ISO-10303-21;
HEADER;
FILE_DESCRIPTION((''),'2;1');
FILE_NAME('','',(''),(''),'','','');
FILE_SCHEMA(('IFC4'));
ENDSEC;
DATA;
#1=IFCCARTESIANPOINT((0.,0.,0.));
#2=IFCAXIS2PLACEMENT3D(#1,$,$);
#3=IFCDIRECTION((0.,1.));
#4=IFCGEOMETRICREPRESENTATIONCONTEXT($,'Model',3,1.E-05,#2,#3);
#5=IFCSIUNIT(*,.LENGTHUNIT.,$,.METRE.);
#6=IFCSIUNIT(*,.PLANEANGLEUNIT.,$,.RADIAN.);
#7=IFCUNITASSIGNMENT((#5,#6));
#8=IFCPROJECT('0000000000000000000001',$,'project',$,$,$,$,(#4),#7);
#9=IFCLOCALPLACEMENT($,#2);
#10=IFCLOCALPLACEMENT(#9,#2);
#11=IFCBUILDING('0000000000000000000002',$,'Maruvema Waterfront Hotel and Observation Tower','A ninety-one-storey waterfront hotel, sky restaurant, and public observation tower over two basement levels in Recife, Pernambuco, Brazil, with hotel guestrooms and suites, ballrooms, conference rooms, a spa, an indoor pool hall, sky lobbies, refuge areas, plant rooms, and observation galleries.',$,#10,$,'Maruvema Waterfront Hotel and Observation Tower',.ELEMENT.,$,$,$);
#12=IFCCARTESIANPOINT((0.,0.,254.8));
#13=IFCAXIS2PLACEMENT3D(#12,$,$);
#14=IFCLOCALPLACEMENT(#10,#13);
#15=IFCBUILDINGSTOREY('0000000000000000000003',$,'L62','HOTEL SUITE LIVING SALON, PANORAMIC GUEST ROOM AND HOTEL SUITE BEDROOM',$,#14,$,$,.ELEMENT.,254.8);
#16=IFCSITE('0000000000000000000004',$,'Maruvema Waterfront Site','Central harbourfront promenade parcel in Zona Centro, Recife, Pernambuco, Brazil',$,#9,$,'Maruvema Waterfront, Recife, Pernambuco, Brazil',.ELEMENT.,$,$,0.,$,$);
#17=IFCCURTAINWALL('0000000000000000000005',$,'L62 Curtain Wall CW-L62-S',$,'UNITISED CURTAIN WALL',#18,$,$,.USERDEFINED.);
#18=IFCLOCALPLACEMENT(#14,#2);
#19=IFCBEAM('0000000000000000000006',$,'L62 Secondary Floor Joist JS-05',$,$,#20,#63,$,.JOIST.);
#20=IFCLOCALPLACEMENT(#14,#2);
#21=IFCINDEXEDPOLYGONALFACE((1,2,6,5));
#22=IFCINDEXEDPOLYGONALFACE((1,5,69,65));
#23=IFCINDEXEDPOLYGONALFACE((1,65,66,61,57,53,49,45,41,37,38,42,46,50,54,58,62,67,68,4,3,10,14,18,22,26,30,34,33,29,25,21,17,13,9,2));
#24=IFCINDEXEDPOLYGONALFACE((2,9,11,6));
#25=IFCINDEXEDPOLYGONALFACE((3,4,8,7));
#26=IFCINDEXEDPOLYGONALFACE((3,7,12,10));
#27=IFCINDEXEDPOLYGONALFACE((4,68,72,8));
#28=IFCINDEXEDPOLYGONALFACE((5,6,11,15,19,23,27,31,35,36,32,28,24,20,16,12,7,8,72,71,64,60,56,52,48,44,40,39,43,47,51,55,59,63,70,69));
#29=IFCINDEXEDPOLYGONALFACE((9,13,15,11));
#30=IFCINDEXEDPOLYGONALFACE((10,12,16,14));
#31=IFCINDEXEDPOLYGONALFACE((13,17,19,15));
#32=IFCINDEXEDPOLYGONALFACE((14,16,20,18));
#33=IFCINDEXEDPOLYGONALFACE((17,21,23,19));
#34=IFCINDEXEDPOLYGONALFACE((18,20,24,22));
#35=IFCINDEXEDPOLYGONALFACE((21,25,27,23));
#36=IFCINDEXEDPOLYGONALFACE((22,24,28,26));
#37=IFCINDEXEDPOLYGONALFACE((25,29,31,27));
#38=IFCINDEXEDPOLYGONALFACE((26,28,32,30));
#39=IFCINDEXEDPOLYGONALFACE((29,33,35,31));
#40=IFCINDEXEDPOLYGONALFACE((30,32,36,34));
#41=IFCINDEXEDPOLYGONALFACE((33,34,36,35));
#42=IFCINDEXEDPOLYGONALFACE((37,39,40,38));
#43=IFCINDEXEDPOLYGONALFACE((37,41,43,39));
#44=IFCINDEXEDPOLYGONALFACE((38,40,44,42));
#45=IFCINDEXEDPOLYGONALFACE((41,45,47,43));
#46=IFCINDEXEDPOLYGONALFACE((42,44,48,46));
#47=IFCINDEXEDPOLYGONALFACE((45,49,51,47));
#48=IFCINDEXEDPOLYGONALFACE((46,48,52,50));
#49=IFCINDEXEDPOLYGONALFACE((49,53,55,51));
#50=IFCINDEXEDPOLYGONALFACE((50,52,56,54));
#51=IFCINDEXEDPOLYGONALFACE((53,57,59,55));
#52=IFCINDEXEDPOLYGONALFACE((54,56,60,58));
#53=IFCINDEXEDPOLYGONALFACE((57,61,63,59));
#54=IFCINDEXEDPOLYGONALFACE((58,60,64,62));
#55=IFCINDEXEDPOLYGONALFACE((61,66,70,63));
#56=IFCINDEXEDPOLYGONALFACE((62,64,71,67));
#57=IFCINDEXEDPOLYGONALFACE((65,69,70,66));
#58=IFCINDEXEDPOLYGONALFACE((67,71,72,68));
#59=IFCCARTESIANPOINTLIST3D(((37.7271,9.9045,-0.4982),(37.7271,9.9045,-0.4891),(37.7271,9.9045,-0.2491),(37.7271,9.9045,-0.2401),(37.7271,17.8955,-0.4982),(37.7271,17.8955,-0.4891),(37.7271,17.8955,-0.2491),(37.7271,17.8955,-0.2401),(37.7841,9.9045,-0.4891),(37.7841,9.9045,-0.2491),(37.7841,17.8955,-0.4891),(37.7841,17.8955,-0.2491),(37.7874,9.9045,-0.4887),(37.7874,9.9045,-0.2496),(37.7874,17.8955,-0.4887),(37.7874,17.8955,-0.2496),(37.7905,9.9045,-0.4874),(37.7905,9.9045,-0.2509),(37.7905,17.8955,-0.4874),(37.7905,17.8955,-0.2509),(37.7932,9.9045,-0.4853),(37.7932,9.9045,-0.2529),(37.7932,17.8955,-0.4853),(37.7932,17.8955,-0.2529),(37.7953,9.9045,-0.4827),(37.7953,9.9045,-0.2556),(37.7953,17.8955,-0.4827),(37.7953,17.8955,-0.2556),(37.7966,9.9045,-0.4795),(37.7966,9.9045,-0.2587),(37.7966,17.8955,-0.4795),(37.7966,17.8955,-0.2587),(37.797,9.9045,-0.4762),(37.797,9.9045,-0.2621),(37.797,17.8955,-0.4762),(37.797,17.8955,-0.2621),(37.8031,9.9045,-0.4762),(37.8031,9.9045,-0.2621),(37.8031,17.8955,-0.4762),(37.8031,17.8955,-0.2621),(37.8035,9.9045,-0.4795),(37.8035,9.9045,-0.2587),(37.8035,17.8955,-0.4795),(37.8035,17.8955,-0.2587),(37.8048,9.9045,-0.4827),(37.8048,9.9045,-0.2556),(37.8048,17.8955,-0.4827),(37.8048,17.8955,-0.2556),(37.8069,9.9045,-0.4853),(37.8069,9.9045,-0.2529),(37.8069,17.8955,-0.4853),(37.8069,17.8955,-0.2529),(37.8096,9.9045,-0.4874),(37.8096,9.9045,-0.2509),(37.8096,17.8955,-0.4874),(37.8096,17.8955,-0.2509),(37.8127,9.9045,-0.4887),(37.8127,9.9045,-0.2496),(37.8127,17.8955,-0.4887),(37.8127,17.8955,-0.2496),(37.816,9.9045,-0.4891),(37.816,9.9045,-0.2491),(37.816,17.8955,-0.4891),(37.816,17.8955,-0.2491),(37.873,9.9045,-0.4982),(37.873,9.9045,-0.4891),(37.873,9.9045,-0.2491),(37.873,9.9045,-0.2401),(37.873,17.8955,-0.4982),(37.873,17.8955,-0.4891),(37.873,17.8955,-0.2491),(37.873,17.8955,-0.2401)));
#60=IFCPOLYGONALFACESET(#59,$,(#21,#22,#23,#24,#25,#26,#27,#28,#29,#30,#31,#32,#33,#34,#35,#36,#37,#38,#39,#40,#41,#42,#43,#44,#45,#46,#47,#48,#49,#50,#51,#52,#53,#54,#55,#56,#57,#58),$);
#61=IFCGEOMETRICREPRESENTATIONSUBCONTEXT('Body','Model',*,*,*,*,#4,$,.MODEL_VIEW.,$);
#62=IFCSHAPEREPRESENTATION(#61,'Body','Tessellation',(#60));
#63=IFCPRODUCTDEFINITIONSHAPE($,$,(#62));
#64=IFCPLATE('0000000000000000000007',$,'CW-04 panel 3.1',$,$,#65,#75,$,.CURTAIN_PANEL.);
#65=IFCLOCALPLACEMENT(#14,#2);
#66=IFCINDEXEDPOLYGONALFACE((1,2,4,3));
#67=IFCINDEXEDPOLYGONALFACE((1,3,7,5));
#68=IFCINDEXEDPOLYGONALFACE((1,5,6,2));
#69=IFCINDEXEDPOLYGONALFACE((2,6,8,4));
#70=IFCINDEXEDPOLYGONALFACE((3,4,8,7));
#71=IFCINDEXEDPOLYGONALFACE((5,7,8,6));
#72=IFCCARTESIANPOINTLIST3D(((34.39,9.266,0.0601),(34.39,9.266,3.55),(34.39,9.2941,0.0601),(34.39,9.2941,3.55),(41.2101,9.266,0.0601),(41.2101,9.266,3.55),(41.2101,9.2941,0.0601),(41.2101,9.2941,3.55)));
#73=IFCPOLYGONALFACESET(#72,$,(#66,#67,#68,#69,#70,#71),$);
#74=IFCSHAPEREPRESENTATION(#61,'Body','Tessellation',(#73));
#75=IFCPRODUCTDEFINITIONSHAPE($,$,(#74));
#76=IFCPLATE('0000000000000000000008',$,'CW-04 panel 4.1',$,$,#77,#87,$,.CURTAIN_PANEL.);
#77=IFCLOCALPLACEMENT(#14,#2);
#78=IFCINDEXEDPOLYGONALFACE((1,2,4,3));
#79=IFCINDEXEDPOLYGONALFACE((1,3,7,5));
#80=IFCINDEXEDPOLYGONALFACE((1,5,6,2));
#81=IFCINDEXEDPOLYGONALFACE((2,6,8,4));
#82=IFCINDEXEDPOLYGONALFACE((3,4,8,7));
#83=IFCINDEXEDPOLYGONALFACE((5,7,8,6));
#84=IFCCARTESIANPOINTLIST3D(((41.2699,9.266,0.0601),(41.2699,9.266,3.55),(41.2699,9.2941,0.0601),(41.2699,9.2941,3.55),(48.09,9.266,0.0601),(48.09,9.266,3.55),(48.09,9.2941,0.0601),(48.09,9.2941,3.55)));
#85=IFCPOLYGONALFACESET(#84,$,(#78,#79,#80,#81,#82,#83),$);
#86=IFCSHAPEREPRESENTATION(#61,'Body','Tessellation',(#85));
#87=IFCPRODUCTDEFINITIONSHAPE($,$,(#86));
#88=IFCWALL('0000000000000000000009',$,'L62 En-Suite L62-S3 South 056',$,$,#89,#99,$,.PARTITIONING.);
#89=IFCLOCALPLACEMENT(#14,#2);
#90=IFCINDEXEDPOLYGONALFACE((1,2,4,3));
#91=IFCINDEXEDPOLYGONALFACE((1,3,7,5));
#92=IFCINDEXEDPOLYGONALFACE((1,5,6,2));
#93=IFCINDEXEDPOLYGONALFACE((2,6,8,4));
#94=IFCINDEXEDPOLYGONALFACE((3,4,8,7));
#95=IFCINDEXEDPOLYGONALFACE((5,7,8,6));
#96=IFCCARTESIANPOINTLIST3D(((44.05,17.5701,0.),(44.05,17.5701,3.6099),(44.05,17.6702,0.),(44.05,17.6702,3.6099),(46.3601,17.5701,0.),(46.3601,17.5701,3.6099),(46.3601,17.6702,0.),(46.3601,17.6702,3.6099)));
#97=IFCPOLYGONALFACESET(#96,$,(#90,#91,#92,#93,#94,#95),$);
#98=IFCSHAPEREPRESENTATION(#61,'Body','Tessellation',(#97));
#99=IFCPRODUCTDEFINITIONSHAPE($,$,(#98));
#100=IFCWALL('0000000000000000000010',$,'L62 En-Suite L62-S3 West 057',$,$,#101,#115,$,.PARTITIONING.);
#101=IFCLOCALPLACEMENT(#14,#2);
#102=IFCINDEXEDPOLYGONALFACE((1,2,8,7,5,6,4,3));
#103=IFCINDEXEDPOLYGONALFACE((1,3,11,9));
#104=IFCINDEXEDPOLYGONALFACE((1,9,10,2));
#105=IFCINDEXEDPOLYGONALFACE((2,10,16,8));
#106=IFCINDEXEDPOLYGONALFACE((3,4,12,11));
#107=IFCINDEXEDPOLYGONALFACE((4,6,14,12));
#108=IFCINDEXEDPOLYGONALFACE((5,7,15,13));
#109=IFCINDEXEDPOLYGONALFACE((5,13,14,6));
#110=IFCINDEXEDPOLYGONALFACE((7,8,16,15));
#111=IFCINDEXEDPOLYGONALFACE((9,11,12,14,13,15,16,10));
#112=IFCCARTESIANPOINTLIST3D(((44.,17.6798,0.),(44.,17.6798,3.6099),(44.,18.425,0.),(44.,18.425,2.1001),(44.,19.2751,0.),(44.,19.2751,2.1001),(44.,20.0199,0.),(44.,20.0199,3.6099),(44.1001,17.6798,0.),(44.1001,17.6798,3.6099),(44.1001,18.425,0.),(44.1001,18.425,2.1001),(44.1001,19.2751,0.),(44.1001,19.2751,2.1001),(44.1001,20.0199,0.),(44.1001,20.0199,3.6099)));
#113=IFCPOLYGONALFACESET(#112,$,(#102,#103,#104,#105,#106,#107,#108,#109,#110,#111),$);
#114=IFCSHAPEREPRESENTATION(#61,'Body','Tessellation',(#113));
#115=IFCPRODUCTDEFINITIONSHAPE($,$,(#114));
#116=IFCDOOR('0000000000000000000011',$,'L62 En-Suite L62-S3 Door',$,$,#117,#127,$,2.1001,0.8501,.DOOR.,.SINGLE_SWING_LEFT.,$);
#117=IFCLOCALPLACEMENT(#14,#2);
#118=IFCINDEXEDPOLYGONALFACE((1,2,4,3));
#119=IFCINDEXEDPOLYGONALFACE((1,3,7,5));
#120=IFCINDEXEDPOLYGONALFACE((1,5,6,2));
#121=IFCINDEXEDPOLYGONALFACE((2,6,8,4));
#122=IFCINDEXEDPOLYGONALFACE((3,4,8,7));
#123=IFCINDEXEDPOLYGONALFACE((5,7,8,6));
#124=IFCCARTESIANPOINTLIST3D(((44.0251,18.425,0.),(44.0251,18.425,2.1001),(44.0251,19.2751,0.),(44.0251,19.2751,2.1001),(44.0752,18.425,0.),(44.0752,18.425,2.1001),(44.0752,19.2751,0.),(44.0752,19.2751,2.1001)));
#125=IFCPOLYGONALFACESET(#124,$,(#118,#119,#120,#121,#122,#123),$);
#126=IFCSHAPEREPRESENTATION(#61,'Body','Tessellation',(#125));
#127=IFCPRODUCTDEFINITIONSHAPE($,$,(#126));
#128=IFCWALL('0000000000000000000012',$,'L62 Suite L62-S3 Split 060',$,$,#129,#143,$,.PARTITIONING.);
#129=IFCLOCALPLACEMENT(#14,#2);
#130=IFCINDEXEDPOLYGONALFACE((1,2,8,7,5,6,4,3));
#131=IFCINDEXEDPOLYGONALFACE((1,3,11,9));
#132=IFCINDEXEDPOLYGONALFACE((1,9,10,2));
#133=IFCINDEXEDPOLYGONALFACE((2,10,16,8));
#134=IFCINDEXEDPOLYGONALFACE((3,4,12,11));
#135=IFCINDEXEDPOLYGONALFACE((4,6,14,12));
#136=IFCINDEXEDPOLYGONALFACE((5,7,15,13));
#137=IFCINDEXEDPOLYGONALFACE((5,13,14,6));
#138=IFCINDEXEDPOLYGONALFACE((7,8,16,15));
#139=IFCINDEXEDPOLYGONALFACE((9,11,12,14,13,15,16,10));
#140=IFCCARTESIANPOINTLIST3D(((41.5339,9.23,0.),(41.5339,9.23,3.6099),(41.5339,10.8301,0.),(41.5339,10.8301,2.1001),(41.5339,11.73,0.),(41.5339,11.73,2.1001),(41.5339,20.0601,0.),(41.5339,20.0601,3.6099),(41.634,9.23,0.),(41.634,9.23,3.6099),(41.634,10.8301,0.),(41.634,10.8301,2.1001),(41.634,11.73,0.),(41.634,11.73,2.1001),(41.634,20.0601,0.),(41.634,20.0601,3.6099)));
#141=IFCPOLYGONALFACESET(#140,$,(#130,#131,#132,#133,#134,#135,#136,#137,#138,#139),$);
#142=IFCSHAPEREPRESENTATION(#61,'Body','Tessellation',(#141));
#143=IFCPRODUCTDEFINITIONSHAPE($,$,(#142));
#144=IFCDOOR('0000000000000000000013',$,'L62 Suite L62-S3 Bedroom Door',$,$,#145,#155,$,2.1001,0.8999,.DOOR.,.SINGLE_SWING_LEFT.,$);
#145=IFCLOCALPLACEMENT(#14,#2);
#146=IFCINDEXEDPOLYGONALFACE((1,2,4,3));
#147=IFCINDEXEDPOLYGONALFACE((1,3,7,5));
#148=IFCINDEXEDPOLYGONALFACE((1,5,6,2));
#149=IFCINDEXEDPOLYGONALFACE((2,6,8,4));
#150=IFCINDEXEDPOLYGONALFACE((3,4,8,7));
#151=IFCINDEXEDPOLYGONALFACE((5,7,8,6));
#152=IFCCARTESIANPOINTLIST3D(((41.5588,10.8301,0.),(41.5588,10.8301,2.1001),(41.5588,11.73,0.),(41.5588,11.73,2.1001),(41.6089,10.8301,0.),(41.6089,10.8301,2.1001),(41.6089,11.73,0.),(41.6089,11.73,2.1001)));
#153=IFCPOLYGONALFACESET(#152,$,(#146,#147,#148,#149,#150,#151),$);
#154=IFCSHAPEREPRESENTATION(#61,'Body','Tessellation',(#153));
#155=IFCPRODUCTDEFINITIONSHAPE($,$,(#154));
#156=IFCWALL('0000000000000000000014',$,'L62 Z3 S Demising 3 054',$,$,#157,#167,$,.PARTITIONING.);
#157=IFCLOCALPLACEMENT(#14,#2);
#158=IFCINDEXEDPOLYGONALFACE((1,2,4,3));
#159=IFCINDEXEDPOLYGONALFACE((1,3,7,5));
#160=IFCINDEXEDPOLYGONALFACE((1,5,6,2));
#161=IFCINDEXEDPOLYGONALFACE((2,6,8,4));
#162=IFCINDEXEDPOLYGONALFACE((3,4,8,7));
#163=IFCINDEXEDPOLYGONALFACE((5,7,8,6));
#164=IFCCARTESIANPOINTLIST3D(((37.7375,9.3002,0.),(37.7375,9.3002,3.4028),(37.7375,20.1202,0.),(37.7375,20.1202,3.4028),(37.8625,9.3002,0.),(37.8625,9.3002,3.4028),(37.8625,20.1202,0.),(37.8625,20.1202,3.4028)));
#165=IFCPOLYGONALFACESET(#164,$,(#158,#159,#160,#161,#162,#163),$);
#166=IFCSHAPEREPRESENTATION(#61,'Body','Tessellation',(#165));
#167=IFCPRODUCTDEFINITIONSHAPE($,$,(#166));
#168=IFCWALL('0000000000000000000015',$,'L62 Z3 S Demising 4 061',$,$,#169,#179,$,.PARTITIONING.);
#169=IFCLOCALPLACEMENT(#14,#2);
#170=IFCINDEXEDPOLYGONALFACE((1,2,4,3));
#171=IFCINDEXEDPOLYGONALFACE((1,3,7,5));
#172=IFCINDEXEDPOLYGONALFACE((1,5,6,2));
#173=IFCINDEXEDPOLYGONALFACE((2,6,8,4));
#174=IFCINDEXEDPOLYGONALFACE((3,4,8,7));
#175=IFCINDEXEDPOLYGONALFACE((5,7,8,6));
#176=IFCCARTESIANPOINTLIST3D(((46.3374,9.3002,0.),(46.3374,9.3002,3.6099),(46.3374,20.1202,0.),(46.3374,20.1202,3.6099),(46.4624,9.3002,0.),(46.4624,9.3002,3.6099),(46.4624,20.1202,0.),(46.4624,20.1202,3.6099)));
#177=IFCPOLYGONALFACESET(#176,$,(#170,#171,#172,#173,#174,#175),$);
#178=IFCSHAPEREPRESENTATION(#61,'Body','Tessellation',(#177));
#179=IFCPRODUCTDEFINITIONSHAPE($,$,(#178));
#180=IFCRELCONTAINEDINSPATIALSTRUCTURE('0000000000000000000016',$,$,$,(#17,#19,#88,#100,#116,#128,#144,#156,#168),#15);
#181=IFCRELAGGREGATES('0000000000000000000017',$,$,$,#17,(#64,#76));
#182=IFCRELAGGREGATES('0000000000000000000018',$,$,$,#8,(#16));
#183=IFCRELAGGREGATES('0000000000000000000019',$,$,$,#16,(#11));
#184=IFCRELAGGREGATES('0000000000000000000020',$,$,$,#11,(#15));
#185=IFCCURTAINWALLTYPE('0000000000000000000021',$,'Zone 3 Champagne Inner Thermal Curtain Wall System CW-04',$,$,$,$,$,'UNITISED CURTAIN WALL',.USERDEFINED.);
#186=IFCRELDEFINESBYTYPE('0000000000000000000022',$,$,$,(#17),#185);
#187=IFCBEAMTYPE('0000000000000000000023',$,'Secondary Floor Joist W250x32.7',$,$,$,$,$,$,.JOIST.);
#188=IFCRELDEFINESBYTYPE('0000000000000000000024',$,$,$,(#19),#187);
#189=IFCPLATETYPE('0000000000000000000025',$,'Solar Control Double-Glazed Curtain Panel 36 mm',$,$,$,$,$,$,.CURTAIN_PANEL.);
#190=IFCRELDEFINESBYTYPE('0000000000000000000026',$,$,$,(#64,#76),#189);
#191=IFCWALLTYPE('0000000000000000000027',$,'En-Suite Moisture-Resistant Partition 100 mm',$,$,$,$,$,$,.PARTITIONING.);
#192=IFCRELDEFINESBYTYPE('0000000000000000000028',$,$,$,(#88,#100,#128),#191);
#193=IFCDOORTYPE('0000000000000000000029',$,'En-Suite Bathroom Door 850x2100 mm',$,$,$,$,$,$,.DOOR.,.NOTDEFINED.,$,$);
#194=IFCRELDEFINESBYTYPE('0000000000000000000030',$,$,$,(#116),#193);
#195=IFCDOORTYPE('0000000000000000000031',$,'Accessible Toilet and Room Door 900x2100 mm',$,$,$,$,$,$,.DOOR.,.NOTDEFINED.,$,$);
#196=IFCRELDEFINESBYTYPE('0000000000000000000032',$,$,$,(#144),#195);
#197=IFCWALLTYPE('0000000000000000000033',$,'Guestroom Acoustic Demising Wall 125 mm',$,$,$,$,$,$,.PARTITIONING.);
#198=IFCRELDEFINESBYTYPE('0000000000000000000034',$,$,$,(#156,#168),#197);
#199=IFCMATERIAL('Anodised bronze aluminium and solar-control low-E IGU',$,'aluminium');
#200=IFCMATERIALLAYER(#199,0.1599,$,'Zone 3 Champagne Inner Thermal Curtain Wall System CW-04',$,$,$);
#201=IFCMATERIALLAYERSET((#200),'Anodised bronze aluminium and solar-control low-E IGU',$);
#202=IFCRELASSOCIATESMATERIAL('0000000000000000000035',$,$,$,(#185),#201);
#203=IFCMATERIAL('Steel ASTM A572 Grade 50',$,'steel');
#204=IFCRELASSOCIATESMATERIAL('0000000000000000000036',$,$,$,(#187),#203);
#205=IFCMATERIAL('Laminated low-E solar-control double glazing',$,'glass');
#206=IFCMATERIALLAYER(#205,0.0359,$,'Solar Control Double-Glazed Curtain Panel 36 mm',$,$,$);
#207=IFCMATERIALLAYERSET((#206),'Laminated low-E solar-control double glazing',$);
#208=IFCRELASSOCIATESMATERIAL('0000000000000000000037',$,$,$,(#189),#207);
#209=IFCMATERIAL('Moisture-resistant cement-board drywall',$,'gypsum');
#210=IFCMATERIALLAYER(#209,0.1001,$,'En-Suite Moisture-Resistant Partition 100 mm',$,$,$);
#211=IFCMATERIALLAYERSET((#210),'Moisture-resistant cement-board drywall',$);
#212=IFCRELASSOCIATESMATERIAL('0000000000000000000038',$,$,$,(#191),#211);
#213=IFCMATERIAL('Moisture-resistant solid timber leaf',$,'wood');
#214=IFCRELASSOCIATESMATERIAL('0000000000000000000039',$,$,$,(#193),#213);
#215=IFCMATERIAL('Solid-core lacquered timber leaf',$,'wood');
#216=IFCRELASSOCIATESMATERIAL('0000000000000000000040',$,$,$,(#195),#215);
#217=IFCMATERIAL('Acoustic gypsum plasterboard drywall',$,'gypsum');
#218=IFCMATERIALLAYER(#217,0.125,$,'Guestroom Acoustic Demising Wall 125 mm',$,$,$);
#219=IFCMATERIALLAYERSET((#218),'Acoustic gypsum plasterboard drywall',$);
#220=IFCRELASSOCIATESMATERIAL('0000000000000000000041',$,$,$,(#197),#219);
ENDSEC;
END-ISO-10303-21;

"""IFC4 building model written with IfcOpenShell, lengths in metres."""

from ifc_helpers import new_model, si_unit, direction, frame, frame_2d, origin, origin_2d, place, context, subcontext, project, spatial, rectangle, i_section, extrude, material, layer, layer_set, material_profile, profile_set, type_object, element, fill, aggregate, save


model = new_model("IFC4")

# Units and contexts
model_context = context("Model", 3, precision=1e-05, world=origin(), true_north=direction((0.0, 1.0)))
body_context = subcontext(model_context, "Body", "Model", "MODEL_VIEW")
ifc_project = project(units=[si_unit("LENGTHUNIT", "METRE"), si_unit("PLANEANGLEUNIT", "RADIAN")], contexts=[model_context])

# Site, building, storey
site_placement = place(None, origin())
site = spatial("IfcSite", under=ifc_project, at=site_placement, Name="Maruvema Waterfront Site", Description="Central harbourfront promenade parcel in Zona Centro, Recife, Pernambuco, Brazil", LongName="Maruvema Waterfront, Recife, Pernambuco, Brazil", CompositionType="ELEMENT", RefElevation=0.0)
building_placement = place(site_placement, origin())
building = spatial("IfcBuilding", under=site, at=building_placement, Name="Maruvema Waterfront Hotel and Observation Tower", Description="A ninety-one-storey waterfront hotel, sky restaurant, and public observation tower over two basement levels in Recife, Pernambuco, Brazil, with hotel guestrooms and suites, ballrooms, conference rooms, a spa, an indoor pool hall, sky lobbies, refuge areas, plant rooms, and observation galleries.", LongName="Maruvema Waterfront Hotel and Observation Tower", CompositionType="ELEMENT")
storey_placement = place(building_placement, frame((0.0, 0.0, 254.8)))
storey = spatial("IfcBuildingStorey", under=building, at=storey_placement, Name="L62", Description="HOTEL SUITE LIVING SALON, PANORAMIC GUEST ROOM AND HOTEL SUITE BEDROOM", CompositionType="ELEMENT", Elevation=254.8)

# Curtain wall
ifc_material_1 = material(Name="Anodised bronze aluminium and solar-control low-E IGU", Category="aluminium")
ifc_layer_1 = layer(ifc_material_1, 0.1599, Name="Zone 3 Champagne Inner Thermal Curtain Wall System CW-04")
ifc_layer_set_1 = layer_set([ifc_layer_1], Name="Anodised bronze aluminium and solar-control low-E IGU")
curtain_wall_type = type_object("IfcCurtainWallType", Name="Zone 3 Champagne Inner Thermal Curtain Wall System CW-04", ElementType="UNITISED CURTAIN WALL", PredefinedType="USERDEFINED", material=ifc_layer_set_1)
curtain_wall_placement = place(storey_placement, origin())
curtain_wall = element("IfcCurtainWall", 1, at=curtain_wall_placement, inside=storey, type_object=curtain_wall_type, Name="L62 Curtain Wall CW-L62-S", ObjectType="UNITISED CURTAIN WALL", PredefinedType="USERDEFINED")

# Beam
ifc_material_2 = material(Name="Steel ASTM A572 Grade 50", Category="steel")
ifc_material_profile_1 = material_profile(ifc_material_2, i_section(OverallWidth=0.146, OverallDepth=0.2581, WebThickness=0.0061, FlangeThickness=0.009, FilletRadius=0.0129, at=origin_2d()), Name="W250x32.7")
ifc_profile_set_1 = profile_set([ifc_material_profile_1], Name="Steel ASTM A572 Grade 50")
beam_type_1 = type_object("IfcBeamType", Name="Secondary Floor Joist W250x32.7", PredefinedType="JOIST", material=ifc_profile_set_1)
beam_1_placement = place(storey_placement, frame((37.8, 9.9045, -0.3691), z_axis=(0.0, 1.0, 0.0), x_axis=(-1.0, 0.0, 0.0)))
element("IfcBeam", 2, at=beam_1_placement, inside=storey, type_object=beam_type_1, Name="L62 Secondary Floor Joist JS-05", PredefinedType="JOIST", context=body_context, shape_type="SweptSolid", body=[
    extrude(i_section(OverallWidth=0.146, OverallDepth=0.2581, WebThickness=0.0061, FlangeThickness=0.009, FilletRadius=0.0129, at=origin_2d()), origin(), (0.0, 0.0, 1.0), 7.991),
])

# Plates
ifc_material_3 = material(Name="Laminated low-E solar-control double glazing", Category="glass")
ifc_layer_2 = layer(ifc_material_3, 0.0359, Name="Solar Control Double-Glazed Curtain Panel 36 mm")
ifc_layer_set_2 = layer_set([ifc_layer_2], Name="Laminated low-E solar-control double glazing")
plate_type = type_object("IfcPlateType", Name="Solar Control Double-Glazed Curtain Panel 36 mm", PredefinedType="CURTAIN_PANEL", material=ifc_layer_set_2)
plate_1_placement = place(storey_placement, frame((37.8, 9.28, 0.0601), z_axis=(0.0, 0.0, 1.0), x_axis=(1.0, 0.0, 0.0)))
plate_1 = element("IfcPlate", 3, at=plate_1_placement, type_object=plate_type, Name="CW-04 panel 3.1", PredefinedType="CURTAIN_PANEL", context=body_context, shape_type="SweptSolid", body=[
    extrude(rectangle(XDim=6.8201, YDim=0.0281, at=origin_2d()), origin(), (0.0, 0.0, 1.0), 3.49),
])
plate_2_placement = place(storey_placement, frame((44.6799, 9.28, 0.0601), z_axis=(0.0, 0.0, 1.0), x_axis=(1.0, 0.0, 0.0)))
plate_2 = element("IfcPlate", 4, at=plate_2_placement, type_object=plate_type, Name="CW-04 panel 4.1", PredefinedType="CURTAIN_PANEL", context=body_context, shape_type="SweptSolid", body=[
    extrude(rectangle(XDim=6.8201, YDim=0.0281, at=origin_2d()), origin(), (0.0, 0.0, 1.0), 3.49),
])
aggregate(curtain_wall, [plate_1, plate_2])

# Wall
ifc_material_4 = material(Name="Moisture-resistant cement-board drywall", Category="gypsum")
ifc_layer_3 = layer(ifc_material_4, 0.1001, Name="En-Suite Moisture-Resistant Partition 100 mm")
ifc_layer_set_3 = layer_set([ifc_layer_3], Name="Moisture-resistant cement-board drywall")
wall_type_1 = type_object("IfcWallType", Name="En-Suite Moisture-Resistant Partition 100 mm", PredefinedType="PARTITIONING", material=ifc_layer_set_3)
wall_1_placement = place(storey_placement, frame((44.05, 17.6201, 0.0), z_axis=(0.0, 0.0, 1.0), x_axis=(1.0, 0.0, 0.0)))
element("IfcWall", 5, at=wall_1_placement, inside=storey, type_object=wall_type_1, Name="L62 En-Suite L62-S3 South 056", PredefinedType="PARTITIONING", context=body_context, shape_type="SweptSolid", body=[
    extrude(rectangle(XDim=2.3101, YDim=0.1001, at=frame_2d((1.155, 0.0))), origin(), (0.0, 0.0, 1.0), 3.6099),
])

# Walls, openings, doors
wall_2_placement = place(storey_placement, frame((44.05, 17.6799, 0.0), z_axis=(0.0, 0.0, 1.0), x_axis=(0.0, 1.0, 0.0)))
wall_2 = element("IfcWall", 6, at=wall_2_placement, inside=storey, type_object=wall_type_1, Name="L62 En-Suite L62-S3 West 057", PredefinedType="PARTITIONING", context=body_context, shape_type="SweptSolid", body=[
    extrude(rectangle(XDim=2.3401, YDim=0.1001, at=frame_2d((1.1699, 0.0))), origin(), (0.0, 0.0, 1.0), 3.6099),
])
opening_1_placement = place(wall_2_placement, frame((0.7451, 0.0, 0.0)))
opening_1 = element("IfcOpeningElement", 7, at=opening_1_placement, cuts=wall_2, PredefinedType="OPENING", context=body_context, shape_type="SweptSolid", body=[
    extrude(rectangle(XDim=0.8501, YDim=2.1001, at=frame_2d((0.425, 1.05))), frame((0.0, 0.0601, 0.0), z_axis=(0.0, -1.0, 0.0), x_axis=(1.0, 0.0, 0.0)), (0.0, 0.0, 1.0), 0.1201),
])
ifc_material_5 = material(Name="Moisture-resistant solid timber leaf", Category="wood")
door_type_1 = type_object("IfcDoorType", Name="En-Suite Bathroom Door 850x2100 mm", OperationType="NOTDEFINED", PredefinedType="DOOR", material=ifc_material_5)
door_1_placement = place(opening_1_placement, origin())
door_1 = element("IfcDoor", 8, at=door_1_placement, inside=storey, type_object=door_type_1, Name="L62 En-Suite L62-S3 Door", OperationType="SINGLE_SWING_LEFT", OverallHeight=2.1001, OverallWidth=0.8501, PredefinedType="DOOR", context=body_context, shape_type="SweptSolid", body=[
    extrude(rectangle(XDim=0.8501, YDim=2.1001, at=frame_2d((0.425, 1.05))), frame((0.0, 0.0249, 0.0), z_axis=(0.0, -1.0, 0.0), x_axis=(1.0, 0.0, 0.0)), (0.0, 0.0, 1.0), 0.05),
])
fill(opening_1, door_1)
wall_3_placement = place(storey_placement, frame((41.584, 9.23, 0.0), z_axis=(0.0, 0.0, 1.0), x_axis=(0.0, 1.0, 0.0)))
wall_3 = element("IfcWall", 9, at=wall_3_placement, inside=storey, type_object=wall_type_1, Name="L62 Suite L62-S3 Split 060", PredefinedType="PARTITIONING", context=body_context, shape_type="SweptSolid", body=[
    extrude(rectangle(XDim=10.8301, YDim=0.1001, at=frame_2d((5.415, 0.0))), origin(), (0.0, 0.0, 1.0), 3.6099),
])
opening_2_placement = place(wall_3_placement, frame((1.6001, 0.0, 0.0)))
opening_2 = element("IfcOpeningElement", 10, at=opening_2_placement, cuts=wall_3, PredefinedType="OPENING", context=body_context, shape_type="SweptSolid", body=[
    extrude(rectangle(XDim=0.8999, YDim=2.1001, at=frame_2d((0.45, 1.05))), frame((0.0, 0.0601, 0.0), z_axis=(0.0, -1.0, 0.0), x_axis=(1.0, 0.0, 0.0)), (0.0, 0.0, 1.0), 0.1201),
])
ifc_material_6 = material(Name="Solid-core lacquered timber leaf", Category="wood")
door_type_2 = type_object("IfcDoorType", Name="Accessible Toilet and Room Door 900x2100 mm", OperationType="NOTDEFINED", PredefinedType="DOOR", material=ifc_material_6)
door_2_placement = place(opening_2_placement, frame((0.8999, 0.0, 0.0), z_axis=(0.0, 0.0, 1.0), x_axis=(-1.0, 0.0, 0.0)))
door_2 = element("IfcDoor", 11, at=door_2_placement, inside=storey, type_object=door_type_2, Name="L62 Suite L62-S3 Bedroom Door", OperationType="SINGLE_SWING_LEFT", OverallHeight=2.1001, OverallWidth=0.8999, PredefinedType="DOOR", context=body_context, shape_type="SweptSolid", body=[
    extrude(rectangle(XDim=0.8999, YDim=2.1001, at=frame_2d((0.45, 1.05))), frame((0.0, 0.0249, 0.0), z_axis=(0.0, -1.0, 0.0), x_axis=(1.0, 0.0, 0.0)), (0.0, 0.0, 1.0), 0.05),
])
fill(opening_2, door_2)

# Walls
ifc_material_7 = material(Name="Acoustic gypsum plasterboard drywall", Category="gypsum")
ifc_layer_4 = layer(ifc_material_7, 0.125, Name="Guestroom Acoustic Demising Wall 125 mm")
ifc_layer_set_4 = layer_set([ifc_layer_4], Name="Acoustic gypsum plasterboard drywall")
wall_type_2 = type_object("IfcWallType", Name="Guestroom Acoustic Demising Wall 125 mm", PredefinedType="PARTITIONING", material=ifc_layer_set_4)
wall_4_placement = place(storey_placement, frame((37.8, 9.3, 0.0), z_axis=(0.0, 0.0, 1.0), x_axis=(0.0, 1.0, 0.0)))
element("IfcWall", 12, at=wall_4_placement, inside=storey, type_object=wall_type_2, Name="L62 Z3 S Demising 3 054", PredefinedType="PARTITIONING", context=body_context, shape_type="SweptSolid", body=[
    extrude(rectangle(XDim=10.8201, YDim=0.125, at=frame_2d((5.4102, 0.0))), origin(), (0.0, 0.0, 1.0), 3.4028),
])
wall_5_placement = place(storey_placement, frame((46.3999, 9.3, 0.0), z_axis=(0.0, 0.0, 1.0), x_axis=(0.0, 1.0, 0.0)))
element("IfcWall", 13, at=wall_5_placement, inside=storey, type_object=wall_type_2, Name="L62 Z3 S Demising 4 061", PredefinedType="PARTITIONING", context=body_context, shape_type="SweptSolid", body=[
    extrude(rectangle(XDim=10.8201, YDim=0.125, at=frame_2d((5.4102, 0.0))), origin(), (0.0, 0.0, 1.0), 3.6099),
])

save(model, "model.ifc")
